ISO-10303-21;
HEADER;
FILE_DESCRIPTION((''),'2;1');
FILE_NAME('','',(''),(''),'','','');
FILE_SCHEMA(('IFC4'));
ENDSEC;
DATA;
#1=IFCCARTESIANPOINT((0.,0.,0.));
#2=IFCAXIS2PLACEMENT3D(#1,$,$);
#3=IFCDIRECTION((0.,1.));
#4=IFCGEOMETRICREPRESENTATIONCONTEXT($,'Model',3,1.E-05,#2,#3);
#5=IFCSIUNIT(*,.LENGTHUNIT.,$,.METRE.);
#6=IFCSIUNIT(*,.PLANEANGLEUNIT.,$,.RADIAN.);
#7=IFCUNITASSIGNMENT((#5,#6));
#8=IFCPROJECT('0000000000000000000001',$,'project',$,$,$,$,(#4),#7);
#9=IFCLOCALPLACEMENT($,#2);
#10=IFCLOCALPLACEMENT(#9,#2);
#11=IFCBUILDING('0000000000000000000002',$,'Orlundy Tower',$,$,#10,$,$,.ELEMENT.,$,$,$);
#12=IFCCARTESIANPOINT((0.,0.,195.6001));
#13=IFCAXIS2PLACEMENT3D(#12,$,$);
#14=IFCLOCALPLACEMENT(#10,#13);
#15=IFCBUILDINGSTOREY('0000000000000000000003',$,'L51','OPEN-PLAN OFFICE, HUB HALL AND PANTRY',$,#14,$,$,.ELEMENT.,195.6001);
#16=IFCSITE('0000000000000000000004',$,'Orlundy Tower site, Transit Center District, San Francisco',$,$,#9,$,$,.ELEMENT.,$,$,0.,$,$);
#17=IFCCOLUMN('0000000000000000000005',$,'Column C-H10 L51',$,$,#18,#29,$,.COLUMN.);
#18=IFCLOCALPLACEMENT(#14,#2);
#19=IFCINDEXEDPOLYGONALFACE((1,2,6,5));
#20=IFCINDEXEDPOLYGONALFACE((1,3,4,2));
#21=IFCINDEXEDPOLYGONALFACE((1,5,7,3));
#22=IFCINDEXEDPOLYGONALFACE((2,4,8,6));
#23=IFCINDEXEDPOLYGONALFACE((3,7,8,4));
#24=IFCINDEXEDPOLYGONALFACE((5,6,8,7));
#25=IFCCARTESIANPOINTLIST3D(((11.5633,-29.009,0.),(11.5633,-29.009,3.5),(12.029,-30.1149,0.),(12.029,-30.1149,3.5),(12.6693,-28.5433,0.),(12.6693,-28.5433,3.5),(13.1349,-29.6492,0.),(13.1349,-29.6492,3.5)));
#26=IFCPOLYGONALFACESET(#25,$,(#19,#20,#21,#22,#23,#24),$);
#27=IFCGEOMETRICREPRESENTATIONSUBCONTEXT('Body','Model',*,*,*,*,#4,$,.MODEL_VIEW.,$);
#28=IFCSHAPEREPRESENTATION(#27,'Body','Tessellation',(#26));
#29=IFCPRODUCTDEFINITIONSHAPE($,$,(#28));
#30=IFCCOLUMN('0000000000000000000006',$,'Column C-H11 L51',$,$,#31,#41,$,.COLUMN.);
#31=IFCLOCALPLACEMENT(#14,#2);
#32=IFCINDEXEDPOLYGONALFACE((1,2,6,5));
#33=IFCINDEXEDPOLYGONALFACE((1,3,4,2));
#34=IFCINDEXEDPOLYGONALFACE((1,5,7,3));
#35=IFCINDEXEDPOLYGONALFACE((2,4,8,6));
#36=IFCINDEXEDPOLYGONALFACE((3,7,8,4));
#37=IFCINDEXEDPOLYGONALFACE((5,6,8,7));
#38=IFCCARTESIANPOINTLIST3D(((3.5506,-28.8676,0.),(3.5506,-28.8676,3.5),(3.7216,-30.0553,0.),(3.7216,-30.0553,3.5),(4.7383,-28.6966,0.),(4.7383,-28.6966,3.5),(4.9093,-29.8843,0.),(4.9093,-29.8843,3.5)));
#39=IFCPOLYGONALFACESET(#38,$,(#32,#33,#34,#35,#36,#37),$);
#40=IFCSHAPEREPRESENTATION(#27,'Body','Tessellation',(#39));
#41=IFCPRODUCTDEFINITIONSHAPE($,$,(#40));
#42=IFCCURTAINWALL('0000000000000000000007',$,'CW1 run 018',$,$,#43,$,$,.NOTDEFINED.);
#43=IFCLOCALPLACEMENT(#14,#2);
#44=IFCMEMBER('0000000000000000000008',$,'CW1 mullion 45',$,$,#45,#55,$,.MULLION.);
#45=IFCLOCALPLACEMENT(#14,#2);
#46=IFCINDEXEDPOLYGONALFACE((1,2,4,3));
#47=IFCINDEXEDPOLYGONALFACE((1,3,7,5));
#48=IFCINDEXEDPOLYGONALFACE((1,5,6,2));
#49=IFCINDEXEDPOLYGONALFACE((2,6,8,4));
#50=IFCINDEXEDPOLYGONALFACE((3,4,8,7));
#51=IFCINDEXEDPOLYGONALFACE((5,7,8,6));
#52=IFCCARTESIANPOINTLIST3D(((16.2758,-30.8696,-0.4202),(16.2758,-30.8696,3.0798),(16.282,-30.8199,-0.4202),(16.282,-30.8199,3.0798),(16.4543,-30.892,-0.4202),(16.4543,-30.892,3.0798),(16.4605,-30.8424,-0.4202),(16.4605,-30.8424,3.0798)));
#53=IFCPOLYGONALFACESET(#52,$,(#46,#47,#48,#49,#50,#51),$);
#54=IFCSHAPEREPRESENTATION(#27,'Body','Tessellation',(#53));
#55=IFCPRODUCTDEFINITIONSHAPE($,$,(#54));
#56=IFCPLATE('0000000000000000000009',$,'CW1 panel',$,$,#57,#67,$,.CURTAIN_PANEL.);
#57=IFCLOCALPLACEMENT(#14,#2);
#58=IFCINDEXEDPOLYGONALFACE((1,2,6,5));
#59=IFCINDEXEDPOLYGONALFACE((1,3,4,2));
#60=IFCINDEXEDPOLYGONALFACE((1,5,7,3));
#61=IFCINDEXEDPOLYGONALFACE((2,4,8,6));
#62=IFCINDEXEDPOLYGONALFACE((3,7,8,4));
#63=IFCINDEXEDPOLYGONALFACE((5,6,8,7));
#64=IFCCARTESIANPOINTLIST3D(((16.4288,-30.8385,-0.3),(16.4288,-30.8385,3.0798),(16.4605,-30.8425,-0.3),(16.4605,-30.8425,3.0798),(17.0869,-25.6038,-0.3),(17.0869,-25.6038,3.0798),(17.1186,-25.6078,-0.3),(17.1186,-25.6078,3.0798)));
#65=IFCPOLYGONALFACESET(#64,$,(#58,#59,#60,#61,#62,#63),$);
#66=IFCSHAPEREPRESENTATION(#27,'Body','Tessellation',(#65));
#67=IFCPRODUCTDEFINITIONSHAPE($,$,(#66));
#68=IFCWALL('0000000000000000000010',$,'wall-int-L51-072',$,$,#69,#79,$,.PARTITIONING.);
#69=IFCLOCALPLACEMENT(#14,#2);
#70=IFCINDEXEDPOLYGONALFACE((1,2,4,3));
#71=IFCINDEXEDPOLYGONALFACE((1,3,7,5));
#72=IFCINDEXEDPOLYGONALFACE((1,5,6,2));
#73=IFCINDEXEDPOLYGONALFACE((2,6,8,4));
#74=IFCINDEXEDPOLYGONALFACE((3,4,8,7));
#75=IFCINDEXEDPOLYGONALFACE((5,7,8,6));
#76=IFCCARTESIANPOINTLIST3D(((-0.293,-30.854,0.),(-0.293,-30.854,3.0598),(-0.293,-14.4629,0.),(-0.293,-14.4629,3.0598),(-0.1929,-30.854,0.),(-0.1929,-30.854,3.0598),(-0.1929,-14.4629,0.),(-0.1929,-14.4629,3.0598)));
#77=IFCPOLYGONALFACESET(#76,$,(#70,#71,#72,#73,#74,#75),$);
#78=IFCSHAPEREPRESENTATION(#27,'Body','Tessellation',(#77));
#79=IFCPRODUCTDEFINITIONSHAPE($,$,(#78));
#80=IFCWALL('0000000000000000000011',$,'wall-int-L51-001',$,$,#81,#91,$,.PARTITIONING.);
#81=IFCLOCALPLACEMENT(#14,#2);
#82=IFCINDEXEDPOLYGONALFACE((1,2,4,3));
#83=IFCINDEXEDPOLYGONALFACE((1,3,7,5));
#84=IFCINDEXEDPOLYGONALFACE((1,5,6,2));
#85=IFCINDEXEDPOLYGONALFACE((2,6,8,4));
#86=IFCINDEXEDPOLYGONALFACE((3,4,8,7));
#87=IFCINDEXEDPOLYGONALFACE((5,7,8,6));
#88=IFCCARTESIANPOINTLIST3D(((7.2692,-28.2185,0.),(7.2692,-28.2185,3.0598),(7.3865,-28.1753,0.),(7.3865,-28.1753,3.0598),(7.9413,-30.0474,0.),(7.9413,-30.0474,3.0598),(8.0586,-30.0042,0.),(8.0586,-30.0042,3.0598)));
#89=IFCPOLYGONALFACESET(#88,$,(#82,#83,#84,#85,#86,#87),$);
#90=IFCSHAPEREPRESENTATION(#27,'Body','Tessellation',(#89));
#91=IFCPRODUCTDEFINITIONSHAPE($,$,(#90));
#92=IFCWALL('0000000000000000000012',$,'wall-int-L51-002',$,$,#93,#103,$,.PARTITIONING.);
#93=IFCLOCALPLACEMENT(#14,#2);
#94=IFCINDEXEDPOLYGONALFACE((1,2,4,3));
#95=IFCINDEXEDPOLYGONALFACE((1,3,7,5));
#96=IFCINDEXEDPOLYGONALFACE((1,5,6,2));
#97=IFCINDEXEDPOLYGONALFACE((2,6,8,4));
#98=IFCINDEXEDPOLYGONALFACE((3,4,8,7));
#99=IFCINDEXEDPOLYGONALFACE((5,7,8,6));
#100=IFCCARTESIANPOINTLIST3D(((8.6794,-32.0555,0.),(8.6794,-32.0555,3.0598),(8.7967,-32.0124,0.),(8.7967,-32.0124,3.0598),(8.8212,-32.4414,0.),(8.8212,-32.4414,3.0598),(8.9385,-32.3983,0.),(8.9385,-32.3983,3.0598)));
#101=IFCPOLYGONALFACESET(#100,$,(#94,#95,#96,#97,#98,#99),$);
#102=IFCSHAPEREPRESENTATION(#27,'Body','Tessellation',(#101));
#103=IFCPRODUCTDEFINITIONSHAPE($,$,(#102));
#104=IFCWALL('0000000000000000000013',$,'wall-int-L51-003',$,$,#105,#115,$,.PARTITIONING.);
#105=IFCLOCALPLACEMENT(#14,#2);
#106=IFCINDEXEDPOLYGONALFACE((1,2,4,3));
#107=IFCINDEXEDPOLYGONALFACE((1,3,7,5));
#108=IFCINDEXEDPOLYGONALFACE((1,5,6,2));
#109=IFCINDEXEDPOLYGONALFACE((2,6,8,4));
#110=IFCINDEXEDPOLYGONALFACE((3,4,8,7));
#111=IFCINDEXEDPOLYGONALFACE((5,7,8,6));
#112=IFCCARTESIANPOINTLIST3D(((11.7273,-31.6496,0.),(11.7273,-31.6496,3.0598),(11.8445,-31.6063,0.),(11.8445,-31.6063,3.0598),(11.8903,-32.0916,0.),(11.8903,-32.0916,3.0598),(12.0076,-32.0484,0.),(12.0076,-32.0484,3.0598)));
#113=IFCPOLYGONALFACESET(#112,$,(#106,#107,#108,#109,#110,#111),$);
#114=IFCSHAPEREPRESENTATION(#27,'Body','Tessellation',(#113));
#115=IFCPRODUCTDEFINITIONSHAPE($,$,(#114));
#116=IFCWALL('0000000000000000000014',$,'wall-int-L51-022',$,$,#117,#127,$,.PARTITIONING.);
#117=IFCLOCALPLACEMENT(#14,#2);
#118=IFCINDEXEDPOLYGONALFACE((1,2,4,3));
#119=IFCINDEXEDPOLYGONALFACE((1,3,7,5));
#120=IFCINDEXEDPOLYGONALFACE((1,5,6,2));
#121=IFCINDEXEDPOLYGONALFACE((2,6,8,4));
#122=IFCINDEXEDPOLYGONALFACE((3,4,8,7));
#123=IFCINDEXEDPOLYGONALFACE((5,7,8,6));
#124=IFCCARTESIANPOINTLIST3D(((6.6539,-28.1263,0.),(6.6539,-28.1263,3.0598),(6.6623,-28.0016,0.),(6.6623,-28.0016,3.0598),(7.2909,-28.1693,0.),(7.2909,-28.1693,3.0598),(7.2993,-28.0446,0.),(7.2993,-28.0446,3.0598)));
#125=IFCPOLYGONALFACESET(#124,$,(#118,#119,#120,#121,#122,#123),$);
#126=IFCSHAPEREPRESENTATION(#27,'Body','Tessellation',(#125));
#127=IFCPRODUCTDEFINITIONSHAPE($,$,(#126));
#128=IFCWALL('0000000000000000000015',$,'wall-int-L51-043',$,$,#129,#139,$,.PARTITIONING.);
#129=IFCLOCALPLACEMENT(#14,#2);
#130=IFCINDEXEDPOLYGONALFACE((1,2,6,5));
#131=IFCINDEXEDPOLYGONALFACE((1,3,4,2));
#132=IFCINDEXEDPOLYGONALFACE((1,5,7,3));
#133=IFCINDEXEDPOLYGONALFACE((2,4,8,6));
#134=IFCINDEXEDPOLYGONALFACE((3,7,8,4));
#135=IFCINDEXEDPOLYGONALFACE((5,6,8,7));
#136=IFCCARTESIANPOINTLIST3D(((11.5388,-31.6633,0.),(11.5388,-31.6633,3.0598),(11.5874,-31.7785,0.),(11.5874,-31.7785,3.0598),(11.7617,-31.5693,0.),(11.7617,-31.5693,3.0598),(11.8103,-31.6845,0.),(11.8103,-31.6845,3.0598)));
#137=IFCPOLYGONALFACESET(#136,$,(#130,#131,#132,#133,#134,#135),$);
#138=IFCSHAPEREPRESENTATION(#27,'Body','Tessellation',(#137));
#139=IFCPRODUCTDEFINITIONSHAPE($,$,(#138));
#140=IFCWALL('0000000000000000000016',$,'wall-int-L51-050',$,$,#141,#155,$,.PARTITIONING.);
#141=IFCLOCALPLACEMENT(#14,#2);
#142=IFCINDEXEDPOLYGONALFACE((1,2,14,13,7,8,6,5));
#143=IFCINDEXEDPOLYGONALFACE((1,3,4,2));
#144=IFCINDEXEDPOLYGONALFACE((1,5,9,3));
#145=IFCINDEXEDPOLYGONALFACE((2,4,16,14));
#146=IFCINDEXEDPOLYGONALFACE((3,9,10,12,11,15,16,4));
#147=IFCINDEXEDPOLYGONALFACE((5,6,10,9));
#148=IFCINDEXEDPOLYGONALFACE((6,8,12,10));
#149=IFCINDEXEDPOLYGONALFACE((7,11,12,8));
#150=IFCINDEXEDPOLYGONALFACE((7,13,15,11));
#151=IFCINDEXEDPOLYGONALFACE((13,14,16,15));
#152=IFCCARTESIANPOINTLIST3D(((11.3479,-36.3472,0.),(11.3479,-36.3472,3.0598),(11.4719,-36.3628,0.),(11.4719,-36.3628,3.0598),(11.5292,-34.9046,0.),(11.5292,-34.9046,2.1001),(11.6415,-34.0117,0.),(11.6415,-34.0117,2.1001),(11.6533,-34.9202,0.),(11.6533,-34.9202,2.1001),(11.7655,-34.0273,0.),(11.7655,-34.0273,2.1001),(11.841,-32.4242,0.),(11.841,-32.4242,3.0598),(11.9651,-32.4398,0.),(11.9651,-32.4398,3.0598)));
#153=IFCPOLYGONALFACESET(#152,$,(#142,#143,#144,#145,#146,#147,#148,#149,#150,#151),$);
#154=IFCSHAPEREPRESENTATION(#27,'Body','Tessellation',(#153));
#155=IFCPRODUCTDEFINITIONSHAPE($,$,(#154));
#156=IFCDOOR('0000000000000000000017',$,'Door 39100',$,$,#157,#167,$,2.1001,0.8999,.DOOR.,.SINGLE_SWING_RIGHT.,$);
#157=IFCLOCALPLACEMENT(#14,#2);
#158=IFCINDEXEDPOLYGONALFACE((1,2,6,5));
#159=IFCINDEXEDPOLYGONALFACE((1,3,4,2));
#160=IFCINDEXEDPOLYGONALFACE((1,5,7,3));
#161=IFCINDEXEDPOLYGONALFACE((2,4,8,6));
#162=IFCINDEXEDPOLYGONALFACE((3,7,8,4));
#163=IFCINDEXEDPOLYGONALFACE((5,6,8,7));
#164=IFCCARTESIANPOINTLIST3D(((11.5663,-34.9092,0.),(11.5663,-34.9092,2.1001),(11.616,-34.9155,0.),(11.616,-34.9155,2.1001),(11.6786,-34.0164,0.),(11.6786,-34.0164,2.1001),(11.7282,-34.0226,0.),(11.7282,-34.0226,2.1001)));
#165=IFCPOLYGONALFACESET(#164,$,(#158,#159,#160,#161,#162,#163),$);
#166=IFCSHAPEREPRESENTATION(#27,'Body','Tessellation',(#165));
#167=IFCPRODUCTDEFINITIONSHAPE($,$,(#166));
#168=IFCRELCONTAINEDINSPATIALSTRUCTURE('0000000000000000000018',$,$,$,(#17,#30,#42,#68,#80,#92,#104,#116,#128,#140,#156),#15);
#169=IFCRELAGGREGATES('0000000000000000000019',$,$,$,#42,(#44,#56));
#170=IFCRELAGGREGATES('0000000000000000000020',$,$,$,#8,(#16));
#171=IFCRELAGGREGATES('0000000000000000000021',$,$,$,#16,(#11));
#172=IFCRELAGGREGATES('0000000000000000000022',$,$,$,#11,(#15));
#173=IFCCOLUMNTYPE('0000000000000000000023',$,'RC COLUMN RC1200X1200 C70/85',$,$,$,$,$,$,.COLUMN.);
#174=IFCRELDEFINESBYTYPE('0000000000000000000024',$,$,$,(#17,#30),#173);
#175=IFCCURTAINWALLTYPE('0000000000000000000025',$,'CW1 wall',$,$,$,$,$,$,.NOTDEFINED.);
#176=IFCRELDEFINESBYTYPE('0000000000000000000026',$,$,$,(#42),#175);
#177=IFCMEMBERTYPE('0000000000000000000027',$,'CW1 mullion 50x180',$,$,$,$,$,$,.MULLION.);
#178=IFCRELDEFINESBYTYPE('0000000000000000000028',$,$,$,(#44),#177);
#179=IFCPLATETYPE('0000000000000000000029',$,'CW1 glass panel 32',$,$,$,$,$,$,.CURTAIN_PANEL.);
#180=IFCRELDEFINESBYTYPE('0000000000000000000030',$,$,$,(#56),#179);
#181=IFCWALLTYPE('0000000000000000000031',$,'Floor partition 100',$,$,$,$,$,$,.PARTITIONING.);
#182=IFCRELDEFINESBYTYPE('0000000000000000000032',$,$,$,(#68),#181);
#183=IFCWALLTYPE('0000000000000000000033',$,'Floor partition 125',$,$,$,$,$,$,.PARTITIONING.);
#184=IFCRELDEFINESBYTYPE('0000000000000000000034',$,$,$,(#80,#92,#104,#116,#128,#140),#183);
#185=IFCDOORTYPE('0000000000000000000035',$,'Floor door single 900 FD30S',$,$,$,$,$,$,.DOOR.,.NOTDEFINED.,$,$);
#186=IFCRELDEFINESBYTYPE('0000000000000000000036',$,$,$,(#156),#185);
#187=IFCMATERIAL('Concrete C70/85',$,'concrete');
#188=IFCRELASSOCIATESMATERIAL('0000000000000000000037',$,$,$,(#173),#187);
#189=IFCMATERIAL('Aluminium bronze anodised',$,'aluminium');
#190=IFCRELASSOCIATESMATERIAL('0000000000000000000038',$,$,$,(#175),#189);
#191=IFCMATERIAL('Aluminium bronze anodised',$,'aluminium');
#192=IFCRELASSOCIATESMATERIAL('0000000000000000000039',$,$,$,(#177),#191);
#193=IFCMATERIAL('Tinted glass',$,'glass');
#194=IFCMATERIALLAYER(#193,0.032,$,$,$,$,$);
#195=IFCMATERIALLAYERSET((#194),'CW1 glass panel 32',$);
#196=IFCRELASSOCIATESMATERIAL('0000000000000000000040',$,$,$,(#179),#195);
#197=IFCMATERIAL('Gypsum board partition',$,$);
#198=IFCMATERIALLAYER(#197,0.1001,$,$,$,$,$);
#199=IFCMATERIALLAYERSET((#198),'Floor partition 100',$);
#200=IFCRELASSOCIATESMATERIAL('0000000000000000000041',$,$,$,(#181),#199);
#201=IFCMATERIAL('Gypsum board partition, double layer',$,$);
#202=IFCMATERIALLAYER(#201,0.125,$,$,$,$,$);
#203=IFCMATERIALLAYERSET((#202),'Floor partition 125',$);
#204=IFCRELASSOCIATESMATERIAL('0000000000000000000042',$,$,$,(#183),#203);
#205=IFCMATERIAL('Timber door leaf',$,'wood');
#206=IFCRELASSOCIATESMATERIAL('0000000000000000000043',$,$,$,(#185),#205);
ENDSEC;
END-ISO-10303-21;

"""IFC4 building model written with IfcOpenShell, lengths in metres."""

from ifc_helpers import new_model, si_unit, direction, frame, frame_2d, origin, origin_2d, place, context, subcontext, project, spatial, rectangle, extrude, material, layer, layer_set, material_profile, profile_set, type_object, element, fill, aggregate, save


model = new_model("IFC4")

# Units and contexts
model_context = context("Model", 3, precision=1e-05, world=origin(), true_north=direction((0.0, 1.0)))
body_context = subcontext(model_context, "Body", "Model", "MODEL_VIEW")
ifc_project = project(units=[si_unit("LENGTHUNIT", "METRE"), si_unit("PLANEANGLEUNIT", "RADIAN")], contexts=[model_context])

# Site, building, storey
site_placement = place(None, origin())
site = spatial("IfcSite", under=ifc_project, at=site_placement, Name="Orlundy Tower site, Transit Center District, San Francisco", CompositionType="ELEMENT", RefElevation=0.0)
building_placement = place(site_placement, origin())
building = spatial("IfcBuilding", under=site, at=building_placement, Name="Orlundy Tower", CompositionType="ELEMENT")
storey_placement = place(building_placement, frame((0.0, 0.0, 195.6001)))
storey = spatial("IfcBuildingStorey", under=building, at=storey_placement, Name="L51", Description="OPEN-PLAN OFFICE, HUB HALL AND PANTRY", CompositionType="ELEMENT", Elevation=195.6001)

# Columns
ifc_material_1 = material(Name="Concrete C70/85", Category="concrete")
ifc_material_profile_1 = material_profile(ifc_material_1, rectangle(XDim=1.2, YDim=1.2, at=origin_2d()), Name="RC1200X1200")
ifc_profile_set_1 = profile_set([ifc_material_profile_1], Name="Concrete C70/85")
column_type = type_object("IfcColumnType", Name="RC COLUMN RC1200X1200 C70/85", PredefinedType="COLUMN", material=ifc_profile_set_1)
for number, where, z_axis, x_axis, name in (
    (1, (12.3491, -29.3291, 0.0), (0.0, 0.0, 1.0), (0.388063, -0.921633, 0.0), "Column C-H10 L51"),
    (2, (4.23, -29.376, 0.0), (0.0, 0.0, 1.0), (0.142525, -0.989791, 0.0), "Column C-H11 L51"),
):
    element("IfcColumn", number, at=place(storey_placement, frame(where, z_axis=z_axis, x_axis=x_axis)), inside=storey, type_object=column_type, Name=name, PredefinedType="COLUMN", context=body_context, shape_type="SweptSolid", body=[
        extrude(rectangle(XDim=1.2, YDim=1.2, at=origin_2d()), origin(), (0.0, 0.0, 1.0), 3.5),
    ])

# Curtain wall, member, plate
ifc_material_2 = material(Name="Aluminium bronze anodised", Category="aluminium")
curtain_wall_type = type_object("IfcCurtainWallType", Name="CW1 wall", PredefinedType="NOTDEFINED", material=ifc_material_2)
curtain_wall_placement = place(storey_placement, origin())
curtain_wall = element("IfcCurtainWall", 3, at=curtain_wall_placement, inside=storey, type_object=curtain_wall_type, Name="CW1 run 018", PredefinedType="NOTDEFINED")
ifc_material_3 = material(Name="Aluminium bronze anodised", Category="aluminium")
ifc_material_profile_2 = material_profile(ifc_material_3, rectangle(XDim=0.1799, YDim=0.05, at=origin_2d()), Name="CW1 mullion 50x180")
ifc_profile_set_2 = profile_set([ifc_material_profile_2], Name="Aluminium bronze anodised")
member_type = type_object("IfcMemberType", Name="CW1 mullion 50x180", PredefinedType="MULLION", material=ifc_profile_set_2)
member_placement = place(storey_placement, frame((16.3682, -30.856, -0.4202), z_axis=(0.0, 0.0, 1.0), x_axis=(0.992189, -0.124742, 0.0)))
member = element("IfcMember", 4, at=member_placement, type_object=member_type, Name="CW1 mullion 45", PredefinedType="MULLION", context=body_context, shape_type="SweptSolid", body=[
    extrude(rectangle(XDim=0.1799, YDim=0.05, at=origin_2d()), origin(), (0.0, 0.0, 1.0), 3.5),
])
ifc_material_4 = material(Name="Tinted glass", Category="glass")
ifc_layer_1 = layer(ifc_material_4, 0.032)
ifc_layer_set_1 = layer_set([ifc_layer_1], Name="CW1 glass panel 32")
plate_type = type_object("IfcPlateType", Name="CW1 glass panel 32", PredefinedType="CURTAIN_PANEL", material=ifc_layer_set_1)
plate_placement = place(storey_placement, frame((16.7737, -28.2231, -0.3), z_axis=(0.0, 0.0, 1.0), x_axis=(-0.124742, -0.992189, 0.0)))
plate = element("IfcPlate", 5, at=plate_placement, type_object=plate_type, Name="CW1 panel", PredefinedType="CURTAIN_PANEL", context=body_context, shape_type="SweptSolid", body=[
    extrude(rectangle(XDim=5.2759, YDim=0.032, at=origin_2d()), origin(), (0.0, 0.0, 1.0), 3.3799),
])
aggregate(curtain_wall, [member, plate])

# Walls
ifc_material_5 = material(Name="Gypsum board partition")
ifc_layer_2 = layer(ifc_material_5, 0.1001)
ifc_layer_set_2 = layer_set([ifc_layer_2], Name="Floor partition 100")
wall_type_1 = type_object("IfcWallType", Name="Floor partition 100", PredefinedType="PARTITIONING", material=ifc_layer_set_2)
wall_1_placement = place(storey_placement, frame((-0.2429, -30.854, 0.0), z_axis=(0.0, 0.0, 1.0), x_axis=(0.0, 1.0, 0.0)))
element("IfcWall", 6, at=wall_1_placement, inside=storey, type_object=wall_type_1, Name="wall-int-L51-072", PredefinedType="PARTITIONING", context=body_context, shape_type="SweptSolid", body=[
    extrude(rectangle(XDim=16.3911, YDim=0.1001, at=frame_2d((8.1956, 0.0))), origin(), (0.0, 0.0, 1.0), 3.0598),
])
ifc_material_6 = material(Name="Gypsum board partition, double layer")
ifc_layer_3 = layer(ifc_material_6, 0.125)
ifc_layer_set_3 = layer_set([ifc_layer_3], Name="Floor partition 125")
wall_type_2 = type_object("IfcWallType", Name="Floor partition 125", PredefinedType="PARTITIONING", material=ifc_layer_set_3)
wall_2_placement = place(storey_placement, frame((7.3279, -28.197, 0.0), z_axis=(0.0, 0.0, 1.0), x_axis=(0.34495, -0.938621, 0.0)))
element("IfcWall", 7, at=wall_2_placement, inside=storey, type_object=wall_type_2, Name="wall-int-L51-001", PredefinedType="PARTITIONING", context=body_context, shape_type="SweptSolid", body=[
    extrude(rectangle(XDim=1.9485, YDim=0.125, at=frame_2d((0.9741, 0.0))), origin(), (0.0, 0.0, 1.0), 3.0598),
])
wall_3_placement = place(storey_placement, frame((8.738, -32.0339, 0.0), z_axis=(0.0, 0.0, 1.0), x_axis=(0.344935, -0.938627, 0.0)))
element("IfcWall", 8, at=wall_3_placement, inside=storey, type_object=wall_type_2, Name="wall-int-L51-002", PredefinedType="PARTITIONING", context=body_context, shape_type="SweptSolid", body=[
    extrude(rectangle(XDim=0.4111, YDim=0.125, at=frame_2d((0.2056, 0.0))), origin(), (0.0, 0.0, 1.0), 3.0598),
])
wall_4_placement = place(storey_placement, frame((11.7859, -31.6279, 0.0), z_axis=(0.0, 0.0, 1.0), x_axis=(0.346065, -0.93821, 0.0)))
element("IfcWall", 9, at=wall_4_placement, inside=storey, type_object=wall_type_2, Name="wall-int-L51-003", PredefinedType="PARTITIONING", context=body_context, shape_type="SweptSolid", body=[
    extrude(rectangle(XDim=0.4712, YDim=0.125, at=frame_2d((0.2356, 0.0))), origin(), (0.0, 0.0, 1.0), 3.0598),
])
wall_5_placement = place(storey_placement, frame((6.658, -28.064, 0.0), z_axis=(0.0, 0.0, 1.0), x_axis=(0.997732, -0.067306, 0.0)))
element("IfcWall", 10, at=wall_5_placement, inside=storey, type_object=wall_type_2, Name="wall-int-L51-022", PredefinedType="PARTITIONING", context=body_context, shape_type="SweptSolid", body=[
    extrude(rectangle(XDim=0.6384, YDim=0.125, at=frame_2d((0.3193, 0.0))), origin(), (0.0, 0.0, 1.0), 3.0598),
])
wall_6_placement = place(storey_placement, frame((11.563, -31.7209, 0.0), z_axis=(0.0, 0.0, 1.0), x_axis=(0.921426, 0.388553, 0.0)))
element("IfcWall", 11, at=wall_6_placement, inside=storey, type_object=wall_type_2, Name="wall-int-L51-043", PredefinedType="PARTITIONING", context=body_context, shape_type="SweptSolid", body=[
    extrude(rectangle(XDim=0.2419, YDim=0.125, at=frame_2d((0.1211, 0.0))), origin(), (0.0, 0.0, 1.0), 3.0598),
])

# Wall, opening, door
wall_7_placement = place(storey_placement, frame((11.9031, -32.4319, 0.0), z_axis=(0.0, 0.0, 1.0), x_axis=(-0.124726, -0.992191, 0.0)))
wall_7 = element("IfcWall", 12, at=wall_7_placement, inside=storey, type_object=wall_type_2, Name="wall-int-L51-050", PredefinedType="PARTITIONING", context=body_context, shape_type="SweptSolid", body=[
    extrude(rectangle(XDim=3.9539, YDim=0.125, at=frame_2d((1.9771, 0.0))), origin(), (0.0, 0.0, 1.0), 3.0598),
])
opening_1_placement = place(wall_7_placement, frame((1.6001, 0.0, 0.0)))
opening_1 = element("IfcOpeningElement", 13, at=opening_1_placement, cuts=wall_7, PredefinedType="OPENING", context=body_context, shape_type="SweptSolid", body=[
    extrude(rectangle(XDim=0.8999, YDim=2.1001, at=frame_2d((0.45, 1.05))), frame((0.0, 0.0725, 0.0), z_axis=(0.0, -1.0, 0.0), x_axis=(1.0, 0.0, 0.0)), (0.0, 0.0, 1.0), 0.145),
])
ifc_material_7 = material(Name="Timber door leaf", Category="wood")
door_type = type_object("IfcDoorType", Name="Floor door single 900 FD30S", OperationType="NOTDEFINED", PredefinedType="DOOR", material=ifc_material_7)
door_1_placement = place(opening_1_placement, origin())
door_1 = element("IfcDoor", 14, at=door_1_placement, inside=storey, type_object=door_type, Name="Door 39100", OperationType="SINGLE_SWING_RIGHT", OverallHeight=2.1001, OverallWidth=0.8999, PredefinedType="DOOR", context=body_context, shape_type="SweptSolid", body=[
    extrude(rectangle(XDim=0.8999, YDim=2.1001, at=frame_2d((0.45, 1.05))), frame((0.0, 0.0249, 0.0), z_axis=(0.0, -1.0, 0.0), x_axis=(1.0, 0.0, 0.0)), (0.0, 0.0, 1.0), 0.05),
])
fill(opening_1, door_1)

save(model, "model.ifc")
